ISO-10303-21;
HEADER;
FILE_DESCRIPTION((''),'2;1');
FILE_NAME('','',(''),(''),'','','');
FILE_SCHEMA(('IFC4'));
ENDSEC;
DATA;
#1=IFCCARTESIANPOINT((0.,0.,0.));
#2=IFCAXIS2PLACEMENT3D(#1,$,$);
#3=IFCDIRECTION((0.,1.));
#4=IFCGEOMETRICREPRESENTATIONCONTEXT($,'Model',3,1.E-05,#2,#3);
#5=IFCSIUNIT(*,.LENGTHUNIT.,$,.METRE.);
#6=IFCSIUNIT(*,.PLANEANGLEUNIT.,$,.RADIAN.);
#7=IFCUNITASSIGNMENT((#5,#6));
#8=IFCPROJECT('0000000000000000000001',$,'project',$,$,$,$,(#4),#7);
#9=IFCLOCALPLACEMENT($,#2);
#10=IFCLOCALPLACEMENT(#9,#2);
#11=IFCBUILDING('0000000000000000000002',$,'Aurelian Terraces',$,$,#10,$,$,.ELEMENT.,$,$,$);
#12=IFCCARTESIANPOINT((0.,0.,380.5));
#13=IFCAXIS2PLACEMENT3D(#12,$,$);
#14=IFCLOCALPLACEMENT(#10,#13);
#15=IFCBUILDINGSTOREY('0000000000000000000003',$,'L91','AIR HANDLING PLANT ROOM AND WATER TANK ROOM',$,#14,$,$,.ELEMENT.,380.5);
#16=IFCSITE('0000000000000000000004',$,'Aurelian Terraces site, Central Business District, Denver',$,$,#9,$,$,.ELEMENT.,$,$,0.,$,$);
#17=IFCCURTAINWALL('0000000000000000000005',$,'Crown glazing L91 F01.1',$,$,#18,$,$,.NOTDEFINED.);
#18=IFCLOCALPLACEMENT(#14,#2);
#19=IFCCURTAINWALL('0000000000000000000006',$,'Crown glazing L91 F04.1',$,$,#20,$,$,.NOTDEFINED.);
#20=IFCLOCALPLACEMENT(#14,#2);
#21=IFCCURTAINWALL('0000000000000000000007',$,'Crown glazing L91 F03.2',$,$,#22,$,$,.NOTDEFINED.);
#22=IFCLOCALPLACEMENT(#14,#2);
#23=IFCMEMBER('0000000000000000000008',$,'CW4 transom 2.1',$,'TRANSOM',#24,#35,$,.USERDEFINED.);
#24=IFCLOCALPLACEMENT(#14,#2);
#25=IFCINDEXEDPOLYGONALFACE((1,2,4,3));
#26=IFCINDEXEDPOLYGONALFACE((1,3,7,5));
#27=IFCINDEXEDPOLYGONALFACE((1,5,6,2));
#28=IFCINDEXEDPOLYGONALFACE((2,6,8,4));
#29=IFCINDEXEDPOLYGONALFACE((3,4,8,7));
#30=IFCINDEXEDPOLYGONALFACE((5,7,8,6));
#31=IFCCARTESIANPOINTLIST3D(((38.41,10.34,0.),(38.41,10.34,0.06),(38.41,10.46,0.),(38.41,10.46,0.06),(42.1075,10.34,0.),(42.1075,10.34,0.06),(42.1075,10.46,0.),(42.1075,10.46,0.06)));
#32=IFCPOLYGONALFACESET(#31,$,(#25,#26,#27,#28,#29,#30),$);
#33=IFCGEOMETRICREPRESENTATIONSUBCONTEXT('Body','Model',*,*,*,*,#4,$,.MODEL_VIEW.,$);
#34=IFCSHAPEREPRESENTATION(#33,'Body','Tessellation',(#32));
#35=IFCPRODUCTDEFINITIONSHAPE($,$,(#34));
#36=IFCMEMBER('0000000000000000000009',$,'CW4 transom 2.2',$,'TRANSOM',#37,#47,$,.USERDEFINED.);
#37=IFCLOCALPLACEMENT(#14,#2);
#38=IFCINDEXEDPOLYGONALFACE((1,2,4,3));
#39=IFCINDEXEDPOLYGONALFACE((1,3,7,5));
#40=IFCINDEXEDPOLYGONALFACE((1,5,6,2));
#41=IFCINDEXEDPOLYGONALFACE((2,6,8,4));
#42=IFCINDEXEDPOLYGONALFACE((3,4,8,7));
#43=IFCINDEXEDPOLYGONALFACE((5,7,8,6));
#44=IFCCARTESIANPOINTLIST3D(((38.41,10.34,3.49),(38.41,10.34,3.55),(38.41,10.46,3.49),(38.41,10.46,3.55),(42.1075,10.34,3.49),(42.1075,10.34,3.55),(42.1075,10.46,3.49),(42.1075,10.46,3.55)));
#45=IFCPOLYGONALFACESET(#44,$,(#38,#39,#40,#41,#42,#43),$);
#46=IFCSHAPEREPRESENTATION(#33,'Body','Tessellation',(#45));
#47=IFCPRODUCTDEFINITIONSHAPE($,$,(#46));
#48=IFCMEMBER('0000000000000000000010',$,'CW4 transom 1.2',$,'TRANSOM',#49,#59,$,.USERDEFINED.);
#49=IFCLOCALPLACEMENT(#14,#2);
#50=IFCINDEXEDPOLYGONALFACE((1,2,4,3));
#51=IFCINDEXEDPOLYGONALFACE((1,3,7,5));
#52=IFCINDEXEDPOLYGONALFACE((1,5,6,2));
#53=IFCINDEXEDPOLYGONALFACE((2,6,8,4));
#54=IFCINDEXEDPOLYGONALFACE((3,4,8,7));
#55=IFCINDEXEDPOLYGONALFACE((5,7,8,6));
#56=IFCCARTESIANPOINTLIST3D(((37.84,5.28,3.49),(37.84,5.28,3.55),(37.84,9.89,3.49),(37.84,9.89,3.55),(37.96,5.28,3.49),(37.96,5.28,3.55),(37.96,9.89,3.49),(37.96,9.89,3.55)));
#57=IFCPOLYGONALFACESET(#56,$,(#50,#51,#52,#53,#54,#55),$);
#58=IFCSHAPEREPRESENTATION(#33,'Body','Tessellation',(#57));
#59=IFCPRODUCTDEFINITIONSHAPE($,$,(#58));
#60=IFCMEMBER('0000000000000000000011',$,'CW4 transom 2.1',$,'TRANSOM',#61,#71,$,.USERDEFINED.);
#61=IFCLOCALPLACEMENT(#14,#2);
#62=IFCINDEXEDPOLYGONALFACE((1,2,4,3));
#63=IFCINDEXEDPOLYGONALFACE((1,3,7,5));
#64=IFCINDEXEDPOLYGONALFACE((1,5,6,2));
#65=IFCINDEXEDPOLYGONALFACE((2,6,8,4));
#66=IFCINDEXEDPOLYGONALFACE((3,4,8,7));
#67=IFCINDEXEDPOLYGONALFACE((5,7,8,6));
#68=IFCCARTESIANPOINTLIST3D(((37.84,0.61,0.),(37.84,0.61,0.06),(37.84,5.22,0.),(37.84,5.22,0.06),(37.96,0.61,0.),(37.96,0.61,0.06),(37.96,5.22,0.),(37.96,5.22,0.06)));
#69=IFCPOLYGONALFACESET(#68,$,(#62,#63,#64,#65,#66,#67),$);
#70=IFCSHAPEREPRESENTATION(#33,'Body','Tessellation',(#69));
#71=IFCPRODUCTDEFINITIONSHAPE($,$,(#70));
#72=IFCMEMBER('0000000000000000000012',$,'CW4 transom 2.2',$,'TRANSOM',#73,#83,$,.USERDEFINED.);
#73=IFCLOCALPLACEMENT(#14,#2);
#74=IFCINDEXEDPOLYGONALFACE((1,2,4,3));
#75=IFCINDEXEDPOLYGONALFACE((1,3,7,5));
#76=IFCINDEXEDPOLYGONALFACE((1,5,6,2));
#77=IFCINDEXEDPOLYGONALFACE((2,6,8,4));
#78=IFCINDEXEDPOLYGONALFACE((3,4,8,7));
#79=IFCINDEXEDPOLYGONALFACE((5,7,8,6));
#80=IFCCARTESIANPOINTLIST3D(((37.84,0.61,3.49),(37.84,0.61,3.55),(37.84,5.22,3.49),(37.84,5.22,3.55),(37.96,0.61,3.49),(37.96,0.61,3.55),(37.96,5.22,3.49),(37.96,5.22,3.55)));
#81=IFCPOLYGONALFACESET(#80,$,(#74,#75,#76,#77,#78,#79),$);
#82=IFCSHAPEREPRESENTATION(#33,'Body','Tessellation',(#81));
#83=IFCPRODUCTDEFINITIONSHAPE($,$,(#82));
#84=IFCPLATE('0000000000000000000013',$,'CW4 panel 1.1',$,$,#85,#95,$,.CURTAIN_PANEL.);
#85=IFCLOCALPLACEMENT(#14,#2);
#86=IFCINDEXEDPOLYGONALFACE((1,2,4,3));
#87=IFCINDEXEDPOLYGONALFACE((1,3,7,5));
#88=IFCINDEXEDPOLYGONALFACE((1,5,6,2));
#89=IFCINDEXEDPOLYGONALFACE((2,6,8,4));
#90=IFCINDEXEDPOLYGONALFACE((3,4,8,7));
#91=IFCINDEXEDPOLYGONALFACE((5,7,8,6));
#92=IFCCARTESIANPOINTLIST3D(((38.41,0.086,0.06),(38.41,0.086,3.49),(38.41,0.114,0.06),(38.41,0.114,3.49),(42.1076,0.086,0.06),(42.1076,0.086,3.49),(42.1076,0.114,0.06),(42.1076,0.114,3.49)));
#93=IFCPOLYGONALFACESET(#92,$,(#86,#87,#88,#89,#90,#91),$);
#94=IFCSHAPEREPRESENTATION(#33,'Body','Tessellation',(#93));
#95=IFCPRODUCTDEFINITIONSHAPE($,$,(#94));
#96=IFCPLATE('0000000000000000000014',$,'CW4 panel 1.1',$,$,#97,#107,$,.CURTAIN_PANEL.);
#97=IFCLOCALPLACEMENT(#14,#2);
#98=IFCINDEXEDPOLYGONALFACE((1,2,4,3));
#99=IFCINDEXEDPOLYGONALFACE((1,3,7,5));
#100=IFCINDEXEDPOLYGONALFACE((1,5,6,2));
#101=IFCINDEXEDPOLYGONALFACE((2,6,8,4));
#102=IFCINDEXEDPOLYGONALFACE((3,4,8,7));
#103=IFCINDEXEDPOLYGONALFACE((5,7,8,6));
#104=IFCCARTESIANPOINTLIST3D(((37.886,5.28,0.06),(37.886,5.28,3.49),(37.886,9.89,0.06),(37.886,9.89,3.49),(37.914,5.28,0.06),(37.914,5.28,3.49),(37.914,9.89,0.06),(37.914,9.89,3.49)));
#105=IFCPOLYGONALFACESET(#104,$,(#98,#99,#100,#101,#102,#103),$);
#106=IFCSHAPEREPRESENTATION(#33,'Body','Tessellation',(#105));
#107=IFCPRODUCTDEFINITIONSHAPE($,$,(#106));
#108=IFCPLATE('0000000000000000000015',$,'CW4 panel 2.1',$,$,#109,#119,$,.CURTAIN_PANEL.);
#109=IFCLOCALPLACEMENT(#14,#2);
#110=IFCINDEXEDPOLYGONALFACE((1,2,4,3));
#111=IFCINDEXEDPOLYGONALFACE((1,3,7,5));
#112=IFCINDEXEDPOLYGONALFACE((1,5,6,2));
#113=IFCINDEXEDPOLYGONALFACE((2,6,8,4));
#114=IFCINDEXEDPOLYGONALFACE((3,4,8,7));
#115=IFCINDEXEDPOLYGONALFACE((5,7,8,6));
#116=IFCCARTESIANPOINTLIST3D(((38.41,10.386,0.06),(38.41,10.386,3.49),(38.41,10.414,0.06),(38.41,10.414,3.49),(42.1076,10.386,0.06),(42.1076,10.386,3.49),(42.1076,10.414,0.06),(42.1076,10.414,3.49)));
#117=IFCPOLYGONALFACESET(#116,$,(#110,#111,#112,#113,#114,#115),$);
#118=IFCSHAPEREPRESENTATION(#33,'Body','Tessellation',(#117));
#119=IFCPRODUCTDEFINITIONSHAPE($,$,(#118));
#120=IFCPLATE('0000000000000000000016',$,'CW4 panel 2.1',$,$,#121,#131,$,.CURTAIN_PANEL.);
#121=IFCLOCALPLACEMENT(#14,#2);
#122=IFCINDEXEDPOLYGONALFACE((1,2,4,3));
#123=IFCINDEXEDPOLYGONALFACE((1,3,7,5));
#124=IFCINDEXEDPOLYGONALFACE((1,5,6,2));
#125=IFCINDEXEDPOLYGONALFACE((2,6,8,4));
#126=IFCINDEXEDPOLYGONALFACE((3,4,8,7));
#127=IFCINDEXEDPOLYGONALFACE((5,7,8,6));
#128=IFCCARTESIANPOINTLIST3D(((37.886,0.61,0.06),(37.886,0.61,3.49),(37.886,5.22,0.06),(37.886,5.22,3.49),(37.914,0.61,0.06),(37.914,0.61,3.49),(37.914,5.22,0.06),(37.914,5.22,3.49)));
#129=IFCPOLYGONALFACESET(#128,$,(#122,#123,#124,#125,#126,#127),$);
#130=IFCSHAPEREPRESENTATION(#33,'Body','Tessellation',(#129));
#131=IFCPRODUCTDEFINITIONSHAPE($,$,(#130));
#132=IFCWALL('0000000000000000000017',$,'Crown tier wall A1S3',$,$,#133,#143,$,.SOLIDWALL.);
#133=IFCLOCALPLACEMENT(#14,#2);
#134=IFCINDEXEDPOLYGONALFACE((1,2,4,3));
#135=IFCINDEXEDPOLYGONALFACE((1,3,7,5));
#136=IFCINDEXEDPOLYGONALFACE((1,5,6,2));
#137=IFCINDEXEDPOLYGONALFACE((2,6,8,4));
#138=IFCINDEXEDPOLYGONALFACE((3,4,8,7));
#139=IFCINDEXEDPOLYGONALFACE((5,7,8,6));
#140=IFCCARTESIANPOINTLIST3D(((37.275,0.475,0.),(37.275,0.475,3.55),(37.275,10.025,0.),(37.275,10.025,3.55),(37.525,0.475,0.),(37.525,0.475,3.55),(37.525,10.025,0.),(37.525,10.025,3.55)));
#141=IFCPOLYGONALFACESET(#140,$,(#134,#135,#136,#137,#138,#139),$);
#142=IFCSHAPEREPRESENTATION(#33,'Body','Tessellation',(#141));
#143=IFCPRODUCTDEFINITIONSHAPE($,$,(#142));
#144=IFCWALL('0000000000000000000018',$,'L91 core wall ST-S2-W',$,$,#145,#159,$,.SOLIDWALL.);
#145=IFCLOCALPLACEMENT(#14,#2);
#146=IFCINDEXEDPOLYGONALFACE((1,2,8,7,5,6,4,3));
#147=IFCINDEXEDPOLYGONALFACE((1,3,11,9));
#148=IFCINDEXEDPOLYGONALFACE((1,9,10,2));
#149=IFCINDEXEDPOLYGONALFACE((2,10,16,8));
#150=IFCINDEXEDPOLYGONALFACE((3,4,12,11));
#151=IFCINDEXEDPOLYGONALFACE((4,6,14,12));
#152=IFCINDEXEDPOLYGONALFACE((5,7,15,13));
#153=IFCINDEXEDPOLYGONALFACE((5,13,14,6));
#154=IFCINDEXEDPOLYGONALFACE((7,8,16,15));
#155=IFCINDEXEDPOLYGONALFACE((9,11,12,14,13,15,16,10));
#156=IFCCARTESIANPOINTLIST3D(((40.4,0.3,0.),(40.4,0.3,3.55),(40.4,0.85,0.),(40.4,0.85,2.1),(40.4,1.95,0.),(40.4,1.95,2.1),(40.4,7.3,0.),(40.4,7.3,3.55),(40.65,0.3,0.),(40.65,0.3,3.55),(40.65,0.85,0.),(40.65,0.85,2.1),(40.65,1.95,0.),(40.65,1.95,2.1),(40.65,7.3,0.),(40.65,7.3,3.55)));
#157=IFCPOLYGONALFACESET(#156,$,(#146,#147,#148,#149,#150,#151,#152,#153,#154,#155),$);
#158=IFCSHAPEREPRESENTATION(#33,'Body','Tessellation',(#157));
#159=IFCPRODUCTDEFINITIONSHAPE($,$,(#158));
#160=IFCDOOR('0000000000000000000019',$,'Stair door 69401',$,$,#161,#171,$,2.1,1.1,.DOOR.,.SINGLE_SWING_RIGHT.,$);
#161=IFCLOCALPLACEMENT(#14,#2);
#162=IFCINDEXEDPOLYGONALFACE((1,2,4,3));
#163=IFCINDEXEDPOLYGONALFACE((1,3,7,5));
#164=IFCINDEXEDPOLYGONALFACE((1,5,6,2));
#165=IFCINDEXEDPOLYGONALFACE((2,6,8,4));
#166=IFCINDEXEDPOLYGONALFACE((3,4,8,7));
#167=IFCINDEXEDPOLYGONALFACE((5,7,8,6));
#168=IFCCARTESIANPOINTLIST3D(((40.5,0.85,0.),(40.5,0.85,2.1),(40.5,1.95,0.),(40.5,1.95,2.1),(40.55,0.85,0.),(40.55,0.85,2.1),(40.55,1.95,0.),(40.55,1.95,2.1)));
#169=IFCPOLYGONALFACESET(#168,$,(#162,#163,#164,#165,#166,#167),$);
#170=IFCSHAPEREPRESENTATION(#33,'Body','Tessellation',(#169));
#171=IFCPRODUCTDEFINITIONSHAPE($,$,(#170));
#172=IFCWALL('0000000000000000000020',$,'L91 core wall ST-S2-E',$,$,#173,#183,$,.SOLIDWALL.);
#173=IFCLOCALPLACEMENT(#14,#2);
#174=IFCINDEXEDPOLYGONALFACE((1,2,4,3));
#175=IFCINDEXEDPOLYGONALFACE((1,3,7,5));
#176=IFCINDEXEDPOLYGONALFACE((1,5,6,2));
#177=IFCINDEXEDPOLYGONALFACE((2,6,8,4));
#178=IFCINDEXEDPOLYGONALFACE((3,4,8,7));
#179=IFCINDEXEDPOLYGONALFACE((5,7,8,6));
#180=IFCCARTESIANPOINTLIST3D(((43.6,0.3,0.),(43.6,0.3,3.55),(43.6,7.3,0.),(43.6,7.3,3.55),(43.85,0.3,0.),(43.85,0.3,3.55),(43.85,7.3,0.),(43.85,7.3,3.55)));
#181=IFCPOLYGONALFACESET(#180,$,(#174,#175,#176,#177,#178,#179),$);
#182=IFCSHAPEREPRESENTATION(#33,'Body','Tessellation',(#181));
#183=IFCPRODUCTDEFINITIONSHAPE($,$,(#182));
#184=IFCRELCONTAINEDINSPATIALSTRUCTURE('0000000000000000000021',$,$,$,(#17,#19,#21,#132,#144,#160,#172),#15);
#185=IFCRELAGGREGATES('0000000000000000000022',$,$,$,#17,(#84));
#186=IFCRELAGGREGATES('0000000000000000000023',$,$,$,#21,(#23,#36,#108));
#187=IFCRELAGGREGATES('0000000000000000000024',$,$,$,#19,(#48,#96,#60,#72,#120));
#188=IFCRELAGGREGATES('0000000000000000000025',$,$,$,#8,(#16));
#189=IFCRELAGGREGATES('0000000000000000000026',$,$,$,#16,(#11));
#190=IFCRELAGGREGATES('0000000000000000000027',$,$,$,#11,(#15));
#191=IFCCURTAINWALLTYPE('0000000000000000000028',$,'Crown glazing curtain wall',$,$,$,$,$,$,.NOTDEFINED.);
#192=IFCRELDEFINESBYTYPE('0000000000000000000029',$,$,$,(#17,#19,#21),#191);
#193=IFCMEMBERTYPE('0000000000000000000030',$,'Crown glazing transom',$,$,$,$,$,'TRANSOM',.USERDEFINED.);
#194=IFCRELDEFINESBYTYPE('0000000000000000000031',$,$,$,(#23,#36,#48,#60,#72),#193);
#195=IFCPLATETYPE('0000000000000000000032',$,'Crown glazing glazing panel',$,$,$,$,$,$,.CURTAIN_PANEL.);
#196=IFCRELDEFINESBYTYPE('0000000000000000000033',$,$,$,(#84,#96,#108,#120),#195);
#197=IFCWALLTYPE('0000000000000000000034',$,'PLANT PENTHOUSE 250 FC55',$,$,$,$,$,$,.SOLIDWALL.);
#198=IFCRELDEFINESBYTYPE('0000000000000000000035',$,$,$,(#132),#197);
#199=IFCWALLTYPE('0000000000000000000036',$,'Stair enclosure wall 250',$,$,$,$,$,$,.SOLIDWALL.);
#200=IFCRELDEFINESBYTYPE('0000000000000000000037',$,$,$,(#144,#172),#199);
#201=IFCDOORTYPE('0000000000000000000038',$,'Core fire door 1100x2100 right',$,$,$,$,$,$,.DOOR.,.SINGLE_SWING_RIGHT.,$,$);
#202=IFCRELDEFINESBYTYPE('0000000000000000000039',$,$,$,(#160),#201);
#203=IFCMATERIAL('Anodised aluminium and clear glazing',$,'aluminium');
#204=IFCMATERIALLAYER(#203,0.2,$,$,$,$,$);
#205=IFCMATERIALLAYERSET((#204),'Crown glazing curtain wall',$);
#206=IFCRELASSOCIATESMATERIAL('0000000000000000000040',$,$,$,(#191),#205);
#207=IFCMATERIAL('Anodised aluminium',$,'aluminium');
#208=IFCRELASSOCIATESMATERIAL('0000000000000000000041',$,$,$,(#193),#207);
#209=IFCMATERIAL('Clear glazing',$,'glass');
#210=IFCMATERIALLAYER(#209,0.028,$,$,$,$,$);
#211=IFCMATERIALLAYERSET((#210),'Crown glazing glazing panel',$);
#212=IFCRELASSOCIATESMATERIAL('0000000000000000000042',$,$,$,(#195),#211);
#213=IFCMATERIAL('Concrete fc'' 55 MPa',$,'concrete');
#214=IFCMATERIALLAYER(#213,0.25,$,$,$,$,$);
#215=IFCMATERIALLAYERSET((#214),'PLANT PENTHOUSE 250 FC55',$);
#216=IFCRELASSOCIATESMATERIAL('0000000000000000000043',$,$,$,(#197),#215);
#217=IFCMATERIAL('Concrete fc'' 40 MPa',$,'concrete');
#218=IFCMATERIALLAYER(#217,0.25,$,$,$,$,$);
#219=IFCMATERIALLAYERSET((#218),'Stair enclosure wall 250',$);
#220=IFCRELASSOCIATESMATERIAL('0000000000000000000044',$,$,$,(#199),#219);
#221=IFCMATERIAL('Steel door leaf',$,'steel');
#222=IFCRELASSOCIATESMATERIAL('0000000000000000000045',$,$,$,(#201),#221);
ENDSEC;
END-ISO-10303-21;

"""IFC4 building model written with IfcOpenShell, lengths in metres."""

from ifc_helpers import new_model, si_unit, direction, frame, frame_2d, origin, origin_2d, place, context, subcontext, project, spatial, rectangle, extrude, source, transform, mapped, material, layer, layer_set, material_profile, profile_set, type_object, element, fill, aggregate, save


model = new_model("IFC4")

# Units and contexts
model_context = context("Model", 3, precision=1e-05, world=origin(), true_north=direction((0.0, 1.0)))
body_context = subcontext(model_context, "Body", "Model", "MODEL_VIEW")
ifc_project = project(units=[si_unit("LENGTHUNIT", "METRE"), si_unit("PLANEANGLEUNIT", "RADIAN")], contexts=[model_context])

# Site, building, storey
site_placement = place(None, origin())
site = spatial("IfcSite", under=ifc_project, at=site_placement, Name="Aurelian Terraces site, Central Business District, Denver", CompositionType="ELEMENT", RefElevation=0.0)
building_placement = place(site_placement, origin())
building = spatial("IfcBuilding", under=site, at=building_placement, Name="Aurelian Terraces", CompositionType="ELEMENT")
storey_placement = place(building_placement, frame((0.0, 0.0, 380.5)))
storey = spatial("IfcBuildingStorey", under=building, at=storey_placement, Name="L91", Description="AIR HANDLING PLANT ROOM AND WATER TANK ROOM", CompositionType="ELEMENT", Elevation=380.5)

# Shared definitions
ifc_material_1 = material(Name="Concrete fc' 55 MPa", Category="concrete")

# Curtain wall
ifc_material_2 = material(Name="Anodised aluminium and clear glazing", Category="aluminium")
ifc_layer_1 = layer(ifc_material_2, 0.2)
ifc_layer_set_1 = layer_set([ifc_layer_1], Name="Crown glazing curtain wall")
curtain_wall_type = type_object("IfcCurtainWallType", Name="Crown glazing curtain wall", PredefinedType="NOTDEFINED", material=ifc_layer_set_1)
curtain_wall_1_placement = place(storey_placement, origin())
curtain_wall_1 = element("IfcCurtainWall", 1, at=curtain_wall_1_placement, inside=storey, type_object=curtain_wall_type, Name="Crown glazing L91 F01.1", PredefinedType="NOTDEFINED")
ifc_material_3 = material(Name="Anodised aluminium", Category="aluminium")
ifc_material_profile_1 = material_profile(ifc_material_3, rectangle(XDim=0.12, YDim=0.06, at=origin_2d()))
ifc_profile_set_1 = profile_set([ifc_material_profile_1], Name="Anodised aluminium")
member_type_1 = type_object("IfcMemberType", Name="Crown glazing transom", ElementType="TRANSOM", PredefinedType="USERDEFINED", material=ifc_profile_set_1)

# Curtain wall
curtain_wall_2_placement = place(storey_placement, origin())
curtain_wall_2 = element("IfcCurtainWall", 2, at=curtain_wall_2_placement, inside=storey, type_object=curtain_wall_type, Name="Crown glazing L91 F04.1", PredefinedType="NOTDEFINED")

# Curtain wall
curtain_wall_3_placement = place(storey_placement, origin())
curtain_wall_3 = element("IfcCurtainWall", 3, at=curtain_wall_3_placement, inside=storey, type_object=curtain_wall_type, Name="Crown glazing L91 F03.2", PredefinedType="NOTDEFINED")

# Members
shared_shape_1 = source(origin(), body_context, "Body", "SweptSolid", [
    extrude(rectangle(XDim=0.12, YDim=0.06, at=origin_2d()), origin(), (0.0, 0.0, 1.0), 3.6975),
])
member_1_placement = place(storey_placement, frame((42.1075, 10.4, 0.03), z_axis=(-1.0, 0.0, 0.0), x_axis=(0.0, -1.0, 0.0)))
member_1 = element("IfcMember", 4, at=member_1_placement, type_object=member_type_1, Name="CW4 transom 2.1", ObjectType="TRANSOM", PredefinedType="USERDEFINED", context=body_context, shape_type="MappedRepresentation", body=[
    mapped(shared_shape_1, transform((0.0, 0.0, 0.0), scale=1.0)),
])
member_2_placement = place(storey_placement, frame((42.1075, 10.4, 3.52), z_axis=(-1.0, 0.0, 0.0), x_axis=(0.0, -1.0, 0.0)))
member_2 = element("IfcMember", 5, at=member_2_placement, type_object=member_type_1, Name="CW4 transom 2.2", ObjectType="TRANSOM", PredefinedType="USERDEFINED", context=body_context, shape_type="MappedRepresentation", body=[
    mapped(shared_shape_1, transform((0.0, 0.0, 0.0), scale=1.0)),
])
shared_shape_2 = source(origin(), body_context, "Body", "SweptSolid", [
    extrude(rectangle(XDim=0.12, YDim=0.06, at=origin_2d()), origin(), (0.0, 0.0, 1.0), 4.61),
])
member_3_placement = place(storey_placement, frame((37.9, 9.89, 3.52), z_axis=(0.0, -1.0, 0.0), x_axis=(1.0, 0.0, 0.0)))
member_3 = element("IfcMember", 6, at=member_3_placement, type_object=member_type_1, Name="CW4 transom 1.2", ObjectType="TRANSOM", PredefinedType="USERDEFINED", context=body_context, shape_type="MappedRepresentation", body=[
    mapped(shared_shape_2, transform((0.0, 0.0, 0.0), scale=1.0)),
])
member_4_placement = place(storey_placement, frame((37.9, 5.22, 0.03), z_axis=(0.0, -1.0, 0.0), x_axis=(1.0, 0.0, 0.0)))
member_4 = element("IfcMember", 7, at=member_4_placement, type_object=member_type_1, Name="CW4 transom 2.1", ObjectType="TRANSOM", PredefinedType="USERDEFINED", context=body_context, shape_type="MappedRepresentation", body=[
    mapped(shared_shape_2, transform((0.0, 0.0, 0.0), scale=1.0)),
])
member_5_placement = place(storey_placement, frame((37.9, 5.22, 3.52), z_axis=(0.0, -1.0, 0.0), x_axis=(1.0, 0.0, 0.0)))
member_5 = element("IfcMember", 8, at=member_5_placement, type_object=member_type_1, Name="CW4 transom 2.2", ObjectType="TRANSOM", PredefinedType="USERDEFINED", context=body_context, shape_type="MappedRepresentation", body=[
    mapped(shared_shape_2, transform((0.0, 0.0, 0.0), scale=1.0)),
])

# Plates
ifc_material_4 = material(Name="Clear glazing", Category="glass")
ifc_layer_2 = layer(ifc_material_4, 0.028)
ifc_layer_set_2 = layer_set([ifc_layer_2], Name="Crown glazing glazing panel")
plate_type = type_object("IfcPlateType", Name="Crown glazing glazing panel", PredefinedType="CURTAIN_PANEL", material=ifc_layer_set_2)
plate_1_placement = place(storey_placement, frame((40.2588, 0.1, 0.06), z_axis=(0.0, 0.0, 1.0), x_axis=(1.0, 0.0, 0.0)))
plate_1 = element("IfcPlate", 9, at=plate_1_placement, type_object=plate_type, Name="CW4 panel 1.1", PredefinedType="CURTAIN_PANEL", context=body_context, shape_type="SweptSolid", body=[
    extrude(rectangle(XDim=3.6975, YDim=0.028, at=origin_2d()), origin(), (0.0, 0.0, 1.0), 3.43),
])
aggregate(curtain_wall_1, [plate_1])
plate_2_placement = place(storey_placement, frame((37.9, 7.585, 0.06), z_axis=(0.0, 0.0, 1.0), x_axis=(0.0, -1.0, 0.0)))
plate_2 = element("IfcPlate", 10, at=plate_2_placement, type_object=plate_type, Name="CW4 panel 1.1", PredefinedType="CURTAIN_PANEL", context=body_context, shape_type="SweptSolid", body=[
    extrude(rectangle(XDim=4.61, YDim=0.028, at=origin_2d()), origin(), (0.0, 0.0, 1.0), 3.43),
])
shared_shape_3 = source(origin(), body_context, "Body", "SweptSolid", [
    extrude(rectangle(XDim=3.6975, YDim=0.028, at=origin_2d()), origin(), (0.0, 0.0, 1.0), 3.43),
])
plate_3_placement = place(storey_placement, frame((40.2588, 10.4, 0.06), z_axis=(0.0, 0.0, 1.0), x_axis=(-1.0, 0.0, 0.0)))
plate_3 = element("IfcPlate", 11, at=plate_3_placement, type_object=plate_type, Name="CW4 panel 2.1", PredefinedType="CURTAIN_PANEL", context=body_context, shape_type="MappedRepresentation", body=[
    mapped(shared_shape_3, transform((0.0, 0.0, 0.0), scale=1.0)),
])
aggregate(curtain_wall_3, [member_1, member_2, plate_3])
shared_shape_4 = source(origin(), body_context, "Body", "SweptSolid", [
    extrude(rectangle(XDim=4.61, YDim=0.028, at=origin_2d()), origin(), (0.0, 0.0, 1.0), 3.43),
])
plate_4_placement = place(storey_placement, frame((37.9, 2.915, 0.06), z_axis=(0.0, 0.0, 1.0), x_axis=(0.0, -1.0, 0.0)))
plate_4 = element("IfcPlate", 12, at=plate_4_placement, type_object=plate_type, Name="CW4 panel 2.1", PredefinedType="CURTAIN_PANEL", context=body_context, shape_type="MappedRepresentation", body=[
    mapped(shared_shape_4, transform((0.0, 0.0, 0.0), scale=1.0)),
])
aggregate(curtain_wall_2, [member_3, plate_2, member_4, member_5, plate_4])

# Wall
ifc_layer_3 = layer(ifc_material_1, 0.25)
ifc_layer_set_3 = layer_set([ifc_layer_3], Name="PLANT PENTHOUSE 250 FC55")
wall_type_1 = type_object("IfcWallType", Name="PLANT PENTHOUSE 250 FC55", PredefinedType="SOLIDWALL", material=ifc_layer_set_3)
wall_1_placement = place(storey_placement, frame((37.4, 0.475, 0.0), z_axis=(0.0, 0.0, 1.0), x_axis=(0.0, 1.0, 0.0)))
element("IfcWall", 13, at=wall_1_placement, inside=storey, type_object=wall_type_1, Name="Crown tier wall A1S3", PredefinedType="SOLIDWALL", context=body_context, shape_type="SweptSolid", body=[
    extrude(rectangle(XDim=9.55, YDim=0.25, at=frame_2d((4.775, 0.0))), origin(), (0.0, 0.0, 1.0), 3.55),
])

# Wall, opening, door
ifc_material_5 = material(Name="Concrete fc' 40 MPa", Category="concrete")
ifc_layer_4 = layer(ifc_material_5, 0.25)
ifc_layer_set_4 = layer_set([ifc_layer_4], Name="Stair enclosure wall 250")
wall_type_2 = type_object("IfcWallType", Name="Stair enclosure wall 250", PredefinedType="SOLIDWALL", material=ifc_layer_set_4)
shared_shape_5 = source(origin(), body_context, "Body", "SweptSolid", [
    extrude(rectangle(XDim=7.0, YDim=0.25, at=frame_2d((3.5, 0.0))), origin(), (0.0, 0.0, 1.0), 3.55),
])
wall_2_placement = place(storey_placement, frame((40.525, 0.3, 0.0), z_axis=(0.0, 0.0, 1.0), x_axis=(0.0, 1.0, 0.0)))
wall_2 = element("IfcWall", 14, at=wall_2_placement, inside=storey, type_object=wall_type_2, Name="L91 core wall ST-S2-W", PredefinedType="SOLIDWALL", context=body_context, shape_type="MappedRepresentation", body=[
    mapped(shared_shape_5, transform((0.0, 0.0, 0.0), scale=1.0)),
])
shared_shape_6 = source(origin(), body_context, "Body", "SweptSolid", [
    extrude(rectangle(XDim=1.1, YDim=2.1, at=frame_2d((0.55, 1.05))), frame((0.0, 0.135, 0.0), z_axis=(0.0, -1.0, 0.0), x_axis=(1.0, 0.0, 0.0)), (0.0, 0.0, 1.0), 0.27),
])
opening_1_placement = place(wall_2_placement, frame((0.55, 0.0, 0.0)))
opening_1 = element("IfcOpeningElement", 15, at=opening_1_placement, cuts=wall_2, PredefinedType="OPENING", context=body_context, shape_type="MappedRepresentation", body=[
    mapped(shared_shape_6, transform((0.0, 0.0, 0.0), scale=1.0)),
])
ifc_material_6 = material(Name="Steel door leaf", Category="steel")
door_type_1 = type_object("IfcDoorType", Name="Core fire door 1100x2100 right", OperationType="SINGLE_SWING_RIGHT", PredefinedType="DOOR", material=ifc_material_6)
shared_shape_7 = source(origin(), body_context, "Body", "SweptSolid", [
    extrude(rectangle(XDim=1.1, YDim=2.1, at=frame_2d((0.55, 1.05))), frame((0.0, 0.025, 0.0), z_axis=(0.0, -1.0, 0.0), x_axis=(1.0, 0.0, 0.0)), (0.0, 0.0, 1.0), 0.05),
])
door_1_placement = place(opening_1_placement, origin())
door_1 = element("IfcDoor", 16, at=door_1_placement, inside=storey, type_object=door_type_1, Name="Stair door 69401", OperationType="SINGLE_SWING_RIGHT", OverallHeight=2.1, OverallWidth=1.1, PredefinedType="DOOR", context=body_context, shape_type="MappedRepresentation", body=[
    mapped(shared_shape_7, transform((0.0, 0.0, 0.0), scale=1.0)),
])
fill(opening_1, door_1)

# Wall
wall_3_placement = place(storey_placement, frame((43.725, 0.3, 0.0), z_axis=(0.0, 0.0, 1.0), x_axis=(0.0, 1.0, 0.0)))
element("IfcWall", 17, at=wall_3_placement, inside=storey, type_object=wall_type_2, Name="L91 core wall ST-S2-E", PredefinedType="SOLIDWALL", context=body_context, shape_type="MappedRepresentation", body=[
    mapped(shared_shape_5, transform((0.0, 0.0, 0.0), scale=1.0)),
])

save(model, "model.ifc")
